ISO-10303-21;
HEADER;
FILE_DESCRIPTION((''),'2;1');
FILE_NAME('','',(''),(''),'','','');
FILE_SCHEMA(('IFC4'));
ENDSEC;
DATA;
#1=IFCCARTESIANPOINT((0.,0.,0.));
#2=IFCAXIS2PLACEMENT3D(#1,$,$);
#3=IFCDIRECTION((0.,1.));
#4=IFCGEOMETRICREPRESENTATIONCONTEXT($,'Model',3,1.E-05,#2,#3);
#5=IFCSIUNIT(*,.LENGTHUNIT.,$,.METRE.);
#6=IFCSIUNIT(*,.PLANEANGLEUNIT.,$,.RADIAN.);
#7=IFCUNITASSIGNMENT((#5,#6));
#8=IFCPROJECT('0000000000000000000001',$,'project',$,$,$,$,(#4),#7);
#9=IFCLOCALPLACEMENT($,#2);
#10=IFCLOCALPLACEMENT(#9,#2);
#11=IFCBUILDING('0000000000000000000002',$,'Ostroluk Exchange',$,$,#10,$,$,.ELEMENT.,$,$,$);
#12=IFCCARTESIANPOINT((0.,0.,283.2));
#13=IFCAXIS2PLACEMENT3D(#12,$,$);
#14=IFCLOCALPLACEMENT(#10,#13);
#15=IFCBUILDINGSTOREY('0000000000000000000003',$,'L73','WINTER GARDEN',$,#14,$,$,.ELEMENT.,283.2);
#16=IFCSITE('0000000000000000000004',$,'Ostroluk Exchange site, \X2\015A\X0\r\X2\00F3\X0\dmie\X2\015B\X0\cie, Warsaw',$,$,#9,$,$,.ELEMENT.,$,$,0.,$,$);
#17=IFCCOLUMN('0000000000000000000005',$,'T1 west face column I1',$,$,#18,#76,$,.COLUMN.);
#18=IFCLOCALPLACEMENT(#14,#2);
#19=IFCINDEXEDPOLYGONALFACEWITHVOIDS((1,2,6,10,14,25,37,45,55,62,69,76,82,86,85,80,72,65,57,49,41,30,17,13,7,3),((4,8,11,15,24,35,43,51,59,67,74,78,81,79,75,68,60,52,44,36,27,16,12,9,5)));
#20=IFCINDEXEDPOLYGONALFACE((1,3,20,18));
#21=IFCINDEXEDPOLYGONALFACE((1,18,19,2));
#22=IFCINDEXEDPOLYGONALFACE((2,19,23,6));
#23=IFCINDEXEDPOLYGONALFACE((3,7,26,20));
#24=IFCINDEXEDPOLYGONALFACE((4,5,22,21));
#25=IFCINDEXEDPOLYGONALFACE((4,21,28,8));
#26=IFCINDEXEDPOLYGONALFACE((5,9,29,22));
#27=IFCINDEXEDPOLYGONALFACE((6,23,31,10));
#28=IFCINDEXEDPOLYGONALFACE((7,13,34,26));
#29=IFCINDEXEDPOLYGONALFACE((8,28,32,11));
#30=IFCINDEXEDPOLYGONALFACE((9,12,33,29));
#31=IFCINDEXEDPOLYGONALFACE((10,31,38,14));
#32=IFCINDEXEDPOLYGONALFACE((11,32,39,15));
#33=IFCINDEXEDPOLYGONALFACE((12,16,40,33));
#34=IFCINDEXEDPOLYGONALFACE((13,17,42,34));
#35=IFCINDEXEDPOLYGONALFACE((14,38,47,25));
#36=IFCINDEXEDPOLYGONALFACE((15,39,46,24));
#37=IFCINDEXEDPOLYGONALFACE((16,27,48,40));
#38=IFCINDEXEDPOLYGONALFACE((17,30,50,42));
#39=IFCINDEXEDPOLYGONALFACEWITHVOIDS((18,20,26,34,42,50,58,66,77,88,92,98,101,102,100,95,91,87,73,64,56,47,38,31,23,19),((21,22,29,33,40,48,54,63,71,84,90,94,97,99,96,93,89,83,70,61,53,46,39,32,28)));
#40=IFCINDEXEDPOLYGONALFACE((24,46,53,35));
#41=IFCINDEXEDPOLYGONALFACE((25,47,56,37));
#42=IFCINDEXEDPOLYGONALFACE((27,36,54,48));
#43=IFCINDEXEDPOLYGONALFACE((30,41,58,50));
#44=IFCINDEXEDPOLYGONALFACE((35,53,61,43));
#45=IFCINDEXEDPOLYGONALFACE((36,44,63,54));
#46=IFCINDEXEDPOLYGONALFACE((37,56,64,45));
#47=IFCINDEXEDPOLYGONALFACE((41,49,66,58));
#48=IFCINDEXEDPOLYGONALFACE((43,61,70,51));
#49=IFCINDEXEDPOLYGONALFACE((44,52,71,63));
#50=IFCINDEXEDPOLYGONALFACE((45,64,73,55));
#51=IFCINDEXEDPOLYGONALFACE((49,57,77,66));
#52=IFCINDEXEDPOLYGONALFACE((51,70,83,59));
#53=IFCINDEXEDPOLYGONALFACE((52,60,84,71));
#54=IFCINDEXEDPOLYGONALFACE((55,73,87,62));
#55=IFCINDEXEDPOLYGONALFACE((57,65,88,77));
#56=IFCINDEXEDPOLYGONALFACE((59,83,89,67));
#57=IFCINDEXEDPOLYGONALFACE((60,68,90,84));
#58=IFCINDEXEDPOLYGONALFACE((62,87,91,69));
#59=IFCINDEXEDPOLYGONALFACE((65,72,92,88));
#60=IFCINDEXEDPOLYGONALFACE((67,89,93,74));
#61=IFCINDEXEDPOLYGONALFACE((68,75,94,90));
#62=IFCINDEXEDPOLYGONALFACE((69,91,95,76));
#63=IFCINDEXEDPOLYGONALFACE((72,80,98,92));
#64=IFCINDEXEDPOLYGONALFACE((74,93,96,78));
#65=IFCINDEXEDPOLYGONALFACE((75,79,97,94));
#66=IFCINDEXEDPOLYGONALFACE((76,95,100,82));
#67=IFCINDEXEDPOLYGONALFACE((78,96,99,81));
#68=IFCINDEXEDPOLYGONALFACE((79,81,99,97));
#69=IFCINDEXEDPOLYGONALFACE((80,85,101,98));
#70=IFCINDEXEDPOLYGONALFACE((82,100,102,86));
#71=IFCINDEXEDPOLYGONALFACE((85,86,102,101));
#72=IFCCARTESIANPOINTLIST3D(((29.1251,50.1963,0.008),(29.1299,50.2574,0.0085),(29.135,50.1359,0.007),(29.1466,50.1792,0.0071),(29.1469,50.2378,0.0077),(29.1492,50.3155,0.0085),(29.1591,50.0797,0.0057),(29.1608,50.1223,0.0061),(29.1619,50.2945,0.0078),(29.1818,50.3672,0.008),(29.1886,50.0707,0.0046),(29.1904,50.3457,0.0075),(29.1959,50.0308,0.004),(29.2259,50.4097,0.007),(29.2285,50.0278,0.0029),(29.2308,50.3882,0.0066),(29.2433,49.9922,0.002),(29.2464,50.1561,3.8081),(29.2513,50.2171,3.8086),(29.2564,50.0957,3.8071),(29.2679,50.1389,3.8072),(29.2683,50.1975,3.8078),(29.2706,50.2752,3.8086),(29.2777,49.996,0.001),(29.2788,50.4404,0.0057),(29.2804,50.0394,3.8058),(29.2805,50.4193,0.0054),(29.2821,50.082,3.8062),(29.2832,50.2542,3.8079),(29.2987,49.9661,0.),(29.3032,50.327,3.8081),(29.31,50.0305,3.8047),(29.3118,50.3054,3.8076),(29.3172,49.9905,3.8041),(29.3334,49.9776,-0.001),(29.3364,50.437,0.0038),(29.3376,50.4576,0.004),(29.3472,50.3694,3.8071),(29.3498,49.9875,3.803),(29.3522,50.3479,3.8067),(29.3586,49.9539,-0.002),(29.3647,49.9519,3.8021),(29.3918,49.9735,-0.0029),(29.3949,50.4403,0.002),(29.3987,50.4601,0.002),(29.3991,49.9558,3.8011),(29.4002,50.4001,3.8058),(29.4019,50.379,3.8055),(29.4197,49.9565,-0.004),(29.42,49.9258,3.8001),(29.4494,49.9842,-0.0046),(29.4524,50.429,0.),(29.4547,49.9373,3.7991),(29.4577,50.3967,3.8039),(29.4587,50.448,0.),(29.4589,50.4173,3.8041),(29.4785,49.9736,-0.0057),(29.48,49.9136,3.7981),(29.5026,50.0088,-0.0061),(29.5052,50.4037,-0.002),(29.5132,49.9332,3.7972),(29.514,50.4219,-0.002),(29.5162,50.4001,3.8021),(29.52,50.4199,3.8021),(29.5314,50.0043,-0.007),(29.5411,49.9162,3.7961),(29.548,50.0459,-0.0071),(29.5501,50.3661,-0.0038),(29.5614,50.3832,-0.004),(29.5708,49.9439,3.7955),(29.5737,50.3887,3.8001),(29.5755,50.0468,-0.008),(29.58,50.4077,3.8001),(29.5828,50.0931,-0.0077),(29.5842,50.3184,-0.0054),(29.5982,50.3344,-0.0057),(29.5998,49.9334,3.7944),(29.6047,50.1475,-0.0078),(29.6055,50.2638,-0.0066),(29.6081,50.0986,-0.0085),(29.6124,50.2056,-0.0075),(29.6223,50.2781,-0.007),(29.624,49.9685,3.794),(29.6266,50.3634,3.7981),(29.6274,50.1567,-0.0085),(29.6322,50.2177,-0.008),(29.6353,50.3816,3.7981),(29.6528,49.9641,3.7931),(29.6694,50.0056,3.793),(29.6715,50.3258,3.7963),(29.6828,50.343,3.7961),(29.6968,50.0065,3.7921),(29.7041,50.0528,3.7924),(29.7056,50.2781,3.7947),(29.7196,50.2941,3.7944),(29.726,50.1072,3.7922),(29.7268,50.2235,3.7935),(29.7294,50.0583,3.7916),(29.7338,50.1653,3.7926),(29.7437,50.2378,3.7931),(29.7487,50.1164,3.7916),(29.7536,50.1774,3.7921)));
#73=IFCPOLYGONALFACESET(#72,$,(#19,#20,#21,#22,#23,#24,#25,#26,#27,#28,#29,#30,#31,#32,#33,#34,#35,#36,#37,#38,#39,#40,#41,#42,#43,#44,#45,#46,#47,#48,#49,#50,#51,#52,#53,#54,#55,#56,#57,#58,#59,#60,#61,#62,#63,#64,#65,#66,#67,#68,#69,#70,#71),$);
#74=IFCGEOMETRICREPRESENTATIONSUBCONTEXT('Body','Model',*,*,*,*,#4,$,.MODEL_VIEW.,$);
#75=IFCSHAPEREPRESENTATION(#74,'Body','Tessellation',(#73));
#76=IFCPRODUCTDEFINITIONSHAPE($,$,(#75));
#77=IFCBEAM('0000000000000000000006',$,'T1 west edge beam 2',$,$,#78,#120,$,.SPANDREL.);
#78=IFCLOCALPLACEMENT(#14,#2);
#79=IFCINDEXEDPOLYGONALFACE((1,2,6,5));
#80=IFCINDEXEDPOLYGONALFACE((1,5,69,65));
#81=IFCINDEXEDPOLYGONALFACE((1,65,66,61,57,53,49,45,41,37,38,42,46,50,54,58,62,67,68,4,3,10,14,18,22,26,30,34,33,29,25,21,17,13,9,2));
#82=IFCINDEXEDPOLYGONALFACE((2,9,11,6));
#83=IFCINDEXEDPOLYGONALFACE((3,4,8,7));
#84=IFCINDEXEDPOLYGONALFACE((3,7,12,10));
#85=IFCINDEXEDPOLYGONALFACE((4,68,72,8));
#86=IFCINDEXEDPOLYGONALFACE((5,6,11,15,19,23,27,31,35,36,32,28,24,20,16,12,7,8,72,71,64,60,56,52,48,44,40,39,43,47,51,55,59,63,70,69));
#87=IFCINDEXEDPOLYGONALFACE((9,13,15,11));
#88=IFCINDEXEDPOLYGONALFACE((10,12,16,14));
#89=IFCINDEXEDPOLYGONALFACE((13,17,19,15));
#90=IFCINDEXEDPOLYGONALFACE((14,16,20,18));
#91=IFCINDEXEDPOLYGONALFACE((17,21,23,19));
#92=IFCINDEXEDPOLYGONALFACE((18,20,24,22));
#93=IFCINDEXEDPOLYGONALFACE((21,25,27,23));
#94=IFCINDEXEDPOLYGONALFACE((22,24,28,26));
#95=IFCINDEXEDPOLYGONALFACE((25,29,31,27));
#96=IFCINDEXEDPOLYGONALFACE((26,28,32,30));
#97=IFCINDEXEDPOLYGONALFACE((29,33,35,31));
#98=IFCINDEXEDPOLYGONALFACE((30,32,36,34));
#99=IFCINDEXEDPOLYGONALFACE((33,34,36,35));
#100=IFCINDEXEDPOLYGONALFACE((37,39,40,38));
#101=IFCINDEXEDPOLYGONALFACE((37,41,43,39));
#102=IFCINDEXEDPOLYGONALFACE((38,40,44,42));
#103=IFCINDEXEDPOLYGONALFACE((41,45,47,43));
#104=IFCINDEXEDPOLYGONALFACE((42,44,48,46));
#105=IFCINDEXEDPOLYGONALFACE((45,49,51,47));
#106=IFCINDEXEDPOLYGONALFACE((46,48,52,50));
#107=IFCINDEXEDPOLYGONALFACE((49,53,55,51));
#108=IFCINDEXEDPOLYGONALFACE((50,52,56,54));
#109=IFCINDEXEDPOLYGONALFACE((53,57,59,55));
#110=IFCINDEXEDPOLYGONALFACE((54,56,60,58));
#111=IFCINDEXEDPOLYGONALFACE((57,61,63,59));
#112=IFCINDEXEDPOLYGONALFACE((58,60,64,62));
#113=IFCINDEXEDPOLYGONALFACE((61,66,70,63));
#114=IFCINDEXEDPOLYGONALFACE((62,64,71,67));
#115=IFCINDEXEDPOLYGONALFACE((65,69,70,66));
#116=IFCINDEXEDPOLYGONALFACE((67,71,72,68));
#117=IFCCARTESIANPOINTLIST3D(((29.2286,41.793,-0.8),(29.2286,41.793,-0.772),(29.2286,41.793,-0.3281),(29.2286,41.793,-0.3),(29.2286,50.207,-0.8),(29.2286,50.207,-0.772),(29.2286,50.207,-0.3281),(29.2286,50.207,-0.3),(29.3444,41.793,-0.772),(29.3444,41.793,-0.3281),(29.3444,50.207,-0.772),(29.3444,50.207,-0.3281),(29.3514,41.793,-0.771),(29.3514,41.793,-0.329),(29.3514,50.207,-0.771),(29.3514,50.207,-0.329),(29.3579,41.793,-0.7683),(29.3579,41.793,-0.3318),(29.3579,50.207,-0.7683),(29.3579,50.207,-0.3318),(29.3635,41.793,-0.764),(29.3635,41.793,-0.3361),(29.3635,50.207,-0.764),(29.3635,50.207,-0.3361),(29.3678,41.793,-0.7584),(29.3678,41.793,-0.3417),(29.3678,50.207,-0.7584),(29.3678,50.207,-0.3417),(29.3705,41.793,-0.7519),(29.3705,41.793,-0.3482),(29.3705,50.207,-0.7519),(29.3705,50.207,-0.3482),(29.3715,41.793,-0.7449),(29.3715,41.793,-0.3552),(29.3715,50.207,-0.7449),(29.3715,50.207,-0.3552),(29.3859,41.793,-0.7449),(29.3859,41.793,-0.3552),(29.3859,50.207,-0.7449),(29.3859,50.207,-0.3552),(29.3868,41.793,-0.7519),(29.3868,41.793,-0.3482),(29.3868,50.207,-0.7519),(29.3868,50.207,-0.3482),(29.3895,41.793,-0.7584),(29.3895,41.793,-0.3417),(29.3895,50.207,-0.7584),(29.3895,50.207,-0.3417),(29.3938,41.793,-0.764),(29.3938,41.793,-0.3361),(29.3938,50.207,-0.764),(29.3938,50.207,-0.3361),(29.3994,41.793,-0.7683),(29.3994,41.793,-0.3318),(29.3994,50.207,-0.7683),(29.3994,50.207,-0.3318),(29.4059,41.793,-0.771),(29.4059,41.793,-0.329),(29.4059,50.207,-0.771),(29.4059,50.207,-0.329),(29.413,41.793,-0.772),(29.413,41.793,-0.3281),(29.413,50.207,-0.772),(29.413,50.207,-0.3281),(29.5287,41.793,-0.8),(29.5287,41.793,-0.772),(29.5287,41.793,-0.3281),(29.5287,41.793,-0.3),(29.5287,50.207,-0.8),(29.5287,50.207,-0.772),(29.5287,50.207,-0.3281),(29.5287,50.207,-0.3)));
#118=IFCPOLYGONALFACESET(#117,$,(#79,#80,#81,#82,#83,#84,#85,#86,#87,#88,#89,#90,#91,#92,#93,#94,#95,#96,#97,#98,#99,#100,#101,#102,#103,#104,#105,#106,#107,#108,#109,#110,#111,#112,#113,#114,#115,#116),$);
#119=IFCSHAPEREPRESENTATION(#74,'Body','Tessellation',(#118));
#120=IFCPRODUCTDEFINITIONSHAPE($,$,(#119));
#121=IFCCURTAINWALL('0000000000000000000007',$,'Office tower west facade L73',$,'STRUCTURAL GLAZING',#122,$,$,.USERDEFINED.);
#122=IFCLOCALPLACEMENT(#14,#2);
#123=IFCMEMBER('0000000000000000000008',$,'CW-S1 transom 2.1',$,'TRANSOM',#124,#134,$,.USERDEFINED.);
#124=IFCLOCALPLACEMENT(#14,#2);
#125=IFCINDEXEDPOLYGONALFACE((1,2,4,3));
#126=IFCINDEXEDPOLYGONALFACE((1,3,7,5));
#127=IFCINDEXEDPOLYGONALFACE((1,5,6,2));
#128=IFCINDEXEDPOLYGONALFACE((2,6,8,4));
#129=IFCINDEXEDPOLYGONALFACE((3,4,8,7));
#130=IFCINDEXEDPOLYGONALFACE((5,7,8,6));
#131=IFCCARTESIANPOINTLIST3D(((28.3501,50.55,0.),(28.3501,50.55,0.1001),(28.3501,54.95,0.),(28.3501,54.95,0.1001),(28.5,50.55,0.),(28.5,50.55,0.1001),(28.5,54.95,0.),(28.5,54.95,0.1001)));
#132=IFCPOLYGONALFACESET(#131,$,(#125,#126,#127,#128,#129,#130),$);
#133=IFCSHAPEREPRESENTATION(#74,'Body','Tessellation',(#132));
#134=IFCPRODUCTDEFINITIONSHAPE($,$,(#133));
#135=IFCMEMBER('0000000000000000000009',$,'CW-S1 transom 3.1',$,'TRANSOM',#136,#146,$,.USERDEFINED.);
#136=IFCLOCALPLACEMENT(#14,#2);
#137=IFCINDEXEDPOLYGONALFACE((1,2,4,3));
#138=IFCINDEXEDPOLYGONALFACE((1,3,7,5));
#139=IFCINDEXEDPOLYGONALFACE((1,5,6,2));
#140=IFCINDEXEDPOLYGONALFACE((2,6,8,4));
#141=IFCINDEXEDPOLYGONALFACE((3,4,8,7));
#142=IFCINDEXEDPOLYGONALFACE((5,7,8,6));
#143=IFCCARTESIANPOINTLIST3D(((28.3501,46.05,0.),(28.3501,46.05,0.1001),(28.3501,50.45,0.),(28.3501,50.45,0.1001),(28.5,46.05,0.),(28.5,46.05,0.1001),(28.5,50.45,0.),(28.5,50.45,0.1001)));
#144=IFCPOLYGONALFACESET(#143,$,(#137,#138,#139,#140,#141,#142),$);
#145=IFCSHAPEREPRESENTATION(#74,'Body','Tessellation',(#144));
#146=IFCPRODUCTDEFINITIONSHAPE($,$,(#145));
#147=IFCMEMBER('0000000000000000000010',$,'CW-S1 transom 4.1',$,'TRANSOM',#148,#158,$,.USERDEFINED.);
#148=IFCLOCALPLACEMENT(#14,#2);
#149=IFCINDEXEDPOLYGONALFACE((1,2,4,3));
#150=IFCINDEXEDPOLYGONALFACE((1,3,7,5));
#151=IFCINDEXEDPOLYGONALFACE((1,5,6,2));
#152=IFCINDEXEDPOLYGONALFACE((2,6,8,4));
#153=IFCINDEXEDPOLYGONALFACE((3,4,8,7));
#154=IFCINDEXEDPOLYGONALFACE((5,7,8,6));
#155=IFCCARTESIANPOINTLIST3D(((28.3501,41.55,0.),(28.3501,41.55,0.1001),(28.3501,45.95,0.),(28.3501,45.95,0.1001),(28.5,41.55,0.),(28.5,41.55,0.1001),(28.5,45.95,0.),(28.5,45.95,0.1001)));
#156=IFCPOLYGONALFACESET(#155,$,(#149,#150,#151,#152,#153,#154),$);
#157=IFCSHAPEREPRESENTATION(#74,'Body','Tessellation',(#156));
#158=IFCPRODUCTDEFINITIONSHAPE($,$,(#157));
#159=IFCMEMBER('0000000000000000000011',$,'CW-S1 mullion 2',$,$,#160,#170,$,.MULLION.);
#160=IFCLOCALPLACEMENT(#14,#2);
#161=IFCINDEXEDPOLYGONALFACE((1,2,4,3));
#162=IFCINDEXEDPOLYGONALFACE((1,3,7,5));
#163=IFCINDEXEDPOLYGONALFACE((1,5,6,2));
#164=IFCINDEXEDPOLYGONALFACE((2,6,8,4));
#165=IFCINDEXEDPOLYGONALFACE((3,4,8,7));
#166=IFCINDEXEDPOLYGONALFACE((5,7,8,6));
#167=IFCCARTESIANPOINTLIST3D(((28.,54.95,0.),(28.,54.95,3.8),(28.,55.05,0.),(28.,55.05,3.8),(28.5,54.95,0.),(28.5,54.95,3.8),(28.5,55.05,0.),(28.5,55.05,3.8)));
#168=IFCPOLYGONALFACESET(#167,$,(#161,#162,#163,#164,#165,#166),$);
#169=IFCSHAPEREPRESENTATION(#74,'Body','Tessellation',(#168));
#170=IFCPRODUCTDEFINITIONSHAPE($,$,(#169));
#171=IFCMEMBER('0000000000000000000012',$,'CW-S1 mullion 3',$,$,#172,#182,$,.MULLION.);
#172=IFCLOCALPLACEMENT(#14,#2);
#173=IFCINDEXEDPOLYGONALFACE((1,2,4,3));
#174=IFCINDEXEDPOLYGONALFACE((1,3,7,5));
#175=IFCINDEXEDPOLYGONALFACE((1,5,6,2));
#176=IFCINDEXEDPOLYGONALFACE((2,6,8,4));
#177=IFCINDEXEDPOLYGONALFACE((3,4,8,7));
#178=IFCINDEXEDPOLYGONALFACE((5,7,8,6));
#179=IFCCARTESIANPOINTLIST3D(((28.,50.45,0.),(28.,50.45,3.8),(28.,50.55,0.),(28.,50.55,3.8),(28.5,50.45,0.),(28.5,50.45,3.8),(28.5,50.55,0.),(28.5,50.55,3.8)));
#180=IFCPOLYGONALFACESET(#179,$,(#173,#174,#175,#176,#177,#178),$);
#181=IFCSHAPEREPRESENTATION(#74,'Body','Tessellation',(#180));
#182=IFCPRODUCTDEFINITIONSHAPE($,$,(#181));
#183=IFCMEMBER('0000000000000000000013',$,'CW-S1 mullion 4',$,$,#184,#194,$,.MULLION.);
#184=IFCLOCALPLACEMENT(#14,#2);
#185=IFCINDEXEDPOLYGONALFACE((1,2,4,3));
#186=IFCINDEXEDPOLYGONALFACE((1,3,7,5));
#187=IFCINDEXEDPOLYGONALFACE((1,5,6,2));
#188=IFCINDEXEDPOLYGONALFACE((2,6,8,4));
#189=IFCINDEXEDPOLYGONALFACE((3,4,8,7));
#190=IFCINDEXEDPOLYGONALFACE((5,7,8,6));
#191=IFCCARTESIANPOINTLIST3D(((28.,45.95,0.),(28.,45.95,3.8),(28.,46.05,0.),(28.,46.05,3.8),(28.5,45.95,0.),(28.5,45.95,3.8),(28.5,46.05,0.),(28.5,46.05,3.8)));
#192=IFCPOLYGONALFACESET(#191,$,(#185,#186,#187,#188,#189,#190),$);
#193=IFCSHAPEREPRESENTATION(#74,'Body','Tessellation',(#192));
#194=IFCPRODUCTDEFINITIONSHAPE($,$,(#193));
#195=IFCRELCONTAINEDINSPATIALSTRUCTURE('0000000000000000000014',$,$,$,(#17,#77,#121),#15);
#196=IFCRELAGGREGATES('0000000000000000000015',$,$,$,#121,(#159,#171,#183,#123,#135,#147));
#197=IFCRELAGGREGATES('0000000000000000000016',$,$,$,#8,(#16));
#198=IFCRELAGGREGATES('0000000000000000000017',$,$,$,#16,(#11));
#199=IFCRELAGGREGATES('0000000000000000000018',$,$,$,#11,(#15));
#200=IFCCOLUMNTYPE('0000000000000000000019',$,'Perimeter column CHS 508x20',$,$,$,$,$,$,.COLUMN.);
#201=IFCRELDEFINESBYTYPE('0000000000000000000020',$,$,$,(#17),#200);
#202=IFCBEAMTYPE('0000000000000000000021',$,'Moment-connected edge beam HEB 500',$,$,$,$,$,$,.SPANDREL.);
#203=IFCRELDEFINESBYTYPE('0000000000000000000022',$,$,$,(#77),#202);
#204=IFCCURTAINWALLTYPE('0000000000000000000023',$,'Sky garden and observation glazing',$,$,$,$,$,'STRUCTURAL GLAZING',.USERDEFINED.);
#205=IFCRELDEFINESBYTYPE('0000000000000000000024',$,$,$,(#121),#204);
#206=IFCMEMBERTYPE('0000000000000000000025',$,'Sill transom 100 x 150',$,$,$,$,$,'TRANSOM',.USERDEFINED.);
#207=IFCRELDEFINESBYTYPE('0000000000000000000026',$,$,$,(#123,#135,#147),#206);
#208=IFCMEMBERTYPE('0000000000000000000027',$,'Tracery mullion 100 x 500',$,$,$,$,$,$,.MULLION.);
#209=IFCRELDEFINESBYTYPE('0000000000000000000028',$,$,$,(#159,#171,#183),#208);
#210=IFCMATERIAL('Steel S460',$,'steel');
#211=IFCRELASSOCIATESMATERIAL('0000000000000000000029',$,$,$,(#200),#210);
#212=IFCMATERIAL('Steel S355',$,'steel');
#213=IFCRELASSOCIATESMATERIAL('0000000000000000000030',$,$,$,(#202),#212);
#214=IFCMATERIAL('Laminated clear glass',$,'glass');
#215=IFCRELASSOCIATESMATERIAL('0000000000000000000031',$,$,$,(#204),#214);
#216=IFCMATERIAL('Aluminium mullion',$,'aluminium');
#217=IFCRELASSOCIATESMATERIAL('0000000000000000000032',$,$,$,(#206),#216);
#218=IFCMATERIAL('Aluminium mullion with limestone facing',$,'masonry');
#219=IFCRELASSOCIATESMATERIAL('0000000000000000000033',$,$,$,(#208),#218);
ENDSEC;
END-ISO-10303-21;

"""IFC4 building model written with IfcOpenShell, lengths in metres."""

from ifc_helpers import new_model, si_unit, direction, frame, origin, origin_2d, place, context, subcontext, project, spatial, rectangle, hollow_circle, i_section, extrude, material, material_profile, profile_set, type_object, element, aggregate, save


model = new_model("IFC4")

# Units and contexts
model_context = context("Model", 3, precision=1e-05, world=origin(), true_north=direction((0.0, 1.0)))
body_context = subcontext(model_context, "Body", "Model", "MODEL_VIEW")
ifc_project = project(units=[si_unit("LENGTHUNIT", "METRE"), si_unit("PLANEANGLEUNIT", "RADIAN")], contexts=[model_context])

# Site, building, storey
site_placement = place(None, origin())
site = spatial("IfcSite", under=ifc_project, at=site_placement, Name="Ostroluk Exchange site, Śródmieście, Warsaw", CompositionType="ELEMENT", RefElevation=0.0)
building_placement = place(site_placement, origin())
building = spatial("IfcBuilding", under=site, at=building_placement, Name="Ostroluk Exchange", CompositionType="ELEMENT")
storey_placement = place(building_placement, frame((0.0, 0.0, 283.2)))
storey = spatial("IfcBuildingStorey", under=building, at=storey_placement, Name="L73", Description="WINTER GARDEN", CompositionType="ELEMENT", Elevation=283.2)

# Column
ifc_material_1 = material(Name="Steel S460", Category="steel")
ifc_material_profile_1 = material_profile(ifc_material_1, hollow_circle(Radius=0.2539, WallThickness=0.02, at=origin_2d()), Name="CHS 508x20")
ifc_profile_set_1 = profile_set([ifc_material_profile_1], Name="Steel S460")
column_type = type_object("IfcColumnType", Name="Perimeter column CHS 508x20", PredefinedType="COLUMN", material=ifc_profile_set_1)
column_placement = place(storey_placement, frame((29.3787, 50.207, 0.0), z_axis=(0.031913, -0.010595, 0.999435), x_axis=(0.315082, 0.949065, 0.0)))
element("IfcColumn", 1, at=column_placement, inside=storey, type_object=column_type, Name="T1 west face column I1", PredefinedType="COLUMN", context=body_context, shape_type="SweptSolid", body=[
    extrude(hollow_circle(Radius=0.2539, WallThickness=0.02, at=origin_2d()), origin(), (0.0, 0.0, 1.0), 3.8022),
])

# Beam
ifc_material_2 = material(Name="Steel S355", Category="steel")
ifc_material_profile_2 = material_profile(ifc_material_2, i_section(OverallWidth=0.3, OverallDepth=0.5, WebThickness=0.0144, FlangeThickness=0.0281, FilletRadius=0.0271, at=origin_2d()), Name="HEB 500")
ifc_profile_set_2 = profile_set([ifc_material_profile_2], Name="Steel S355")
beam_type = type_object("IfcBeamType", Name="Moment-connected edge beam HEB 500", PredefinedType="SPANDREL", material=ifc_profile_set_2)
beam_placement = place(storey_placement, frame((29.3787, 50.207, -0.55), z_axis=(0.0, -1.0, 0.0), x_axis=(1.0, 0.0, 0.0)))
element("IfcBeam", 2, at=beam_placement, inside=storey, type_object=beam_type, Name="T1 west edge beam 2", PredefinedType="SPANDREL", context=body_context, shape_type="SweptSolid", body=[
    extrude(i_section(OverallWidth=0.3, OverallDepth=0.5, WebThickness=0.0144, FlangeThickness=0.0281, FilletRadius=0.0271, at=origin_2d()), origin(), (0.0, 0.0, 1.0), 8.4141),
])

# Curtain wall, members
ifc_material_3 = material(Name="Laminated clear glass", Category="glass")
curtain_wall_type = type_object("IfcCurtainWallType", Name="Sky garden and observation glazing", ElementType="STRUCTURAL GLAZING", PredefinedType="USERDEFINED", material=ifc_material_3)
curtain_wall_placement = place(storey_placement, origin())
curtain_wall = element("IfcCurtainWall", 3, at=curtain_wall_placement, inside=storey, type_object=curtain_wall_type, Name="Office tower west facade L73", ObjectType="STRUCTURAL GLAZING", PredefinedType="USERDEFINED")
ifc_material_4 = material(Name="Aluminium mullion", Category="aluminium")
ifc_material_profile_3 = material_profile(ifc_material_4, rectangle(XDim=0.1499, YDim=0.1001, at=origin_2d()), Name="Sill transom 100 x 150")
ifc_profile_set_3 = profile_set([ifc_material_profile_3], Name="Aluminium mullion")
member_type_1 = type_object("IfcMemberType", Name="Sill transom 100 x 150", ElementType="TRANSOM", PredefinedType="USERDEFINED", material=ifc_profile_set_3)
member_1_placement = place(storey_placement, frame((28.425, 54.95, 0.05), z_axis=(0.0, -1.0, 0.0), x_axis=(1.0, 0.0, 0.0)))
member_1 = element("IfcMember", 4, at=member_1_placement, type_object=member_type_1, Name="CW-S1 transom 2.1", ObjectType="TRANSOM", PredefinedType="USERDEFINED", context=body_context, shape_type="SweptSolid", body=[
    extrude(rectangle(XDim=0.1499, YDim=0.1001, at=origin_2d()), origin(), (0.0, 0.0, 1.0), 4.3999),
])
member_2_placement = place(storey_placement, frame((28.425, 50.45, 0.05), z_axis=(0.0, -1.0, 0.0), x_axis=(1.0, 0.0, 0.0)))
member_2 = element("IfcMember", 5, at=member_2_placement, type_object=member_type_1, Name="CW-S1 transom 3.1", ObjectType="TRANSOM", PredefinedType="USERDEFINED", context=body_context, shape_type="SweptSolid", body=[
    extrude(rectangle(XDim=0.1499, YDim=0.1001, at=origin_2d()), origin(), (0.0, 0.0, 1.0), 4.3999),
])
member_3_placement = place(storey_placement, frame((28.425, 45.95, 0.05), z_axis=(0.0, -1.0, 0.0), x_axis=(1.0, 0.0, 0.0)))
member_3 = element("IfcMember", 6, at=member_3_placement, type_object=member_type_1, Name="CW-S1 transom 4.1", ObjectType="TRANSOM", PredefinedType="USERDEFINED", context=body_context, shape_type="SweptSolid", body=[
    extrude(rectangle(XDim=0.1499, YDim=0.1001, at=origin_2d()), origin(), (0.0, 0.0, 1.0), 4.3999),
])
ifc_material_5 = material(Name="Aluminium mullion with limestone facing", Category="masonry")
ifc_material_profile_4 = material_profile(ifc_material_5, rectangle(XDim=0.5, YDim=0.1001, at=origin_2d()), Name="Tracery mullion 100 x 500")
ifc_profile_set_4 = profile_set([ifc_material_profile_4], Name="Aluminium mullion with limestone facing")
member_type_2 = type_object("IfcMemberType", Name="Tracery mullion 100 x 500", PredefinedType="MULLION", material=ifc_profile_set_4)
member_4_placement = place(storey_placement, frame((28.25, 55.0, 0.0), z_axis=(0.0, 0.0, 1.0), x_axis=(1.0, 0.0, 0.0)))
member_4 = element("IfcMember", 7, at=member_4_placement, type_object=member_type_2, Name="CW-S1 mullion 2", PredefinedType="MULLION", context=body_context, shape_type="SweptSolid", body=[
    extrude(rectangle(XDim=0.5, YDim=0.1001, at=origin_2d()), origin(), (0.0, 0.0, 1.0), 3.8),
])
member_5_placement = place(storey_placement, frame((28.25, 50.5, 0.0), z_axis=(0.0, 0.0, 1.0), x_axis=(1.0, 0.0, 0.0)))
member_5 = element("IfcMember", 8, at=member_5_placement, type_object=member_type_2, Name="CW-S1 mullion 3", PredefinedType="MULLION", context=body_context, shape_type="SweptSolid", body=[
    extrude(rectangle(XDim=0.5, YDim=0.1001, at=origin_2d()), origin(), (0.0, 0.0, 1.0), 3.8),
])
member_6_placement = place(storey_placement, frame((28.25, 46.0, 0.0), z_axis=(0.0, 0.0, 1.0), x_axis=(1.0, 0.0, 0.0)))
member_6 = element("IfcMember", 9, at=member_6_placement, type_object=member_type_2, Name="CW-S1 mullion 4", PredefinedType="MULLION", context=body_context, shape_type="SweptSolid", body=[
    extrude(rectangle(XDim=0.5, YDim=0.1001, at=origin_2d()), origin(), (0.0, 0.0, 1.0), 3.8),
])
aggregate(curtain_wall, [member_4, member_5, member_6, member_1, member_2, member_3])

save(model, "model.ifc")
